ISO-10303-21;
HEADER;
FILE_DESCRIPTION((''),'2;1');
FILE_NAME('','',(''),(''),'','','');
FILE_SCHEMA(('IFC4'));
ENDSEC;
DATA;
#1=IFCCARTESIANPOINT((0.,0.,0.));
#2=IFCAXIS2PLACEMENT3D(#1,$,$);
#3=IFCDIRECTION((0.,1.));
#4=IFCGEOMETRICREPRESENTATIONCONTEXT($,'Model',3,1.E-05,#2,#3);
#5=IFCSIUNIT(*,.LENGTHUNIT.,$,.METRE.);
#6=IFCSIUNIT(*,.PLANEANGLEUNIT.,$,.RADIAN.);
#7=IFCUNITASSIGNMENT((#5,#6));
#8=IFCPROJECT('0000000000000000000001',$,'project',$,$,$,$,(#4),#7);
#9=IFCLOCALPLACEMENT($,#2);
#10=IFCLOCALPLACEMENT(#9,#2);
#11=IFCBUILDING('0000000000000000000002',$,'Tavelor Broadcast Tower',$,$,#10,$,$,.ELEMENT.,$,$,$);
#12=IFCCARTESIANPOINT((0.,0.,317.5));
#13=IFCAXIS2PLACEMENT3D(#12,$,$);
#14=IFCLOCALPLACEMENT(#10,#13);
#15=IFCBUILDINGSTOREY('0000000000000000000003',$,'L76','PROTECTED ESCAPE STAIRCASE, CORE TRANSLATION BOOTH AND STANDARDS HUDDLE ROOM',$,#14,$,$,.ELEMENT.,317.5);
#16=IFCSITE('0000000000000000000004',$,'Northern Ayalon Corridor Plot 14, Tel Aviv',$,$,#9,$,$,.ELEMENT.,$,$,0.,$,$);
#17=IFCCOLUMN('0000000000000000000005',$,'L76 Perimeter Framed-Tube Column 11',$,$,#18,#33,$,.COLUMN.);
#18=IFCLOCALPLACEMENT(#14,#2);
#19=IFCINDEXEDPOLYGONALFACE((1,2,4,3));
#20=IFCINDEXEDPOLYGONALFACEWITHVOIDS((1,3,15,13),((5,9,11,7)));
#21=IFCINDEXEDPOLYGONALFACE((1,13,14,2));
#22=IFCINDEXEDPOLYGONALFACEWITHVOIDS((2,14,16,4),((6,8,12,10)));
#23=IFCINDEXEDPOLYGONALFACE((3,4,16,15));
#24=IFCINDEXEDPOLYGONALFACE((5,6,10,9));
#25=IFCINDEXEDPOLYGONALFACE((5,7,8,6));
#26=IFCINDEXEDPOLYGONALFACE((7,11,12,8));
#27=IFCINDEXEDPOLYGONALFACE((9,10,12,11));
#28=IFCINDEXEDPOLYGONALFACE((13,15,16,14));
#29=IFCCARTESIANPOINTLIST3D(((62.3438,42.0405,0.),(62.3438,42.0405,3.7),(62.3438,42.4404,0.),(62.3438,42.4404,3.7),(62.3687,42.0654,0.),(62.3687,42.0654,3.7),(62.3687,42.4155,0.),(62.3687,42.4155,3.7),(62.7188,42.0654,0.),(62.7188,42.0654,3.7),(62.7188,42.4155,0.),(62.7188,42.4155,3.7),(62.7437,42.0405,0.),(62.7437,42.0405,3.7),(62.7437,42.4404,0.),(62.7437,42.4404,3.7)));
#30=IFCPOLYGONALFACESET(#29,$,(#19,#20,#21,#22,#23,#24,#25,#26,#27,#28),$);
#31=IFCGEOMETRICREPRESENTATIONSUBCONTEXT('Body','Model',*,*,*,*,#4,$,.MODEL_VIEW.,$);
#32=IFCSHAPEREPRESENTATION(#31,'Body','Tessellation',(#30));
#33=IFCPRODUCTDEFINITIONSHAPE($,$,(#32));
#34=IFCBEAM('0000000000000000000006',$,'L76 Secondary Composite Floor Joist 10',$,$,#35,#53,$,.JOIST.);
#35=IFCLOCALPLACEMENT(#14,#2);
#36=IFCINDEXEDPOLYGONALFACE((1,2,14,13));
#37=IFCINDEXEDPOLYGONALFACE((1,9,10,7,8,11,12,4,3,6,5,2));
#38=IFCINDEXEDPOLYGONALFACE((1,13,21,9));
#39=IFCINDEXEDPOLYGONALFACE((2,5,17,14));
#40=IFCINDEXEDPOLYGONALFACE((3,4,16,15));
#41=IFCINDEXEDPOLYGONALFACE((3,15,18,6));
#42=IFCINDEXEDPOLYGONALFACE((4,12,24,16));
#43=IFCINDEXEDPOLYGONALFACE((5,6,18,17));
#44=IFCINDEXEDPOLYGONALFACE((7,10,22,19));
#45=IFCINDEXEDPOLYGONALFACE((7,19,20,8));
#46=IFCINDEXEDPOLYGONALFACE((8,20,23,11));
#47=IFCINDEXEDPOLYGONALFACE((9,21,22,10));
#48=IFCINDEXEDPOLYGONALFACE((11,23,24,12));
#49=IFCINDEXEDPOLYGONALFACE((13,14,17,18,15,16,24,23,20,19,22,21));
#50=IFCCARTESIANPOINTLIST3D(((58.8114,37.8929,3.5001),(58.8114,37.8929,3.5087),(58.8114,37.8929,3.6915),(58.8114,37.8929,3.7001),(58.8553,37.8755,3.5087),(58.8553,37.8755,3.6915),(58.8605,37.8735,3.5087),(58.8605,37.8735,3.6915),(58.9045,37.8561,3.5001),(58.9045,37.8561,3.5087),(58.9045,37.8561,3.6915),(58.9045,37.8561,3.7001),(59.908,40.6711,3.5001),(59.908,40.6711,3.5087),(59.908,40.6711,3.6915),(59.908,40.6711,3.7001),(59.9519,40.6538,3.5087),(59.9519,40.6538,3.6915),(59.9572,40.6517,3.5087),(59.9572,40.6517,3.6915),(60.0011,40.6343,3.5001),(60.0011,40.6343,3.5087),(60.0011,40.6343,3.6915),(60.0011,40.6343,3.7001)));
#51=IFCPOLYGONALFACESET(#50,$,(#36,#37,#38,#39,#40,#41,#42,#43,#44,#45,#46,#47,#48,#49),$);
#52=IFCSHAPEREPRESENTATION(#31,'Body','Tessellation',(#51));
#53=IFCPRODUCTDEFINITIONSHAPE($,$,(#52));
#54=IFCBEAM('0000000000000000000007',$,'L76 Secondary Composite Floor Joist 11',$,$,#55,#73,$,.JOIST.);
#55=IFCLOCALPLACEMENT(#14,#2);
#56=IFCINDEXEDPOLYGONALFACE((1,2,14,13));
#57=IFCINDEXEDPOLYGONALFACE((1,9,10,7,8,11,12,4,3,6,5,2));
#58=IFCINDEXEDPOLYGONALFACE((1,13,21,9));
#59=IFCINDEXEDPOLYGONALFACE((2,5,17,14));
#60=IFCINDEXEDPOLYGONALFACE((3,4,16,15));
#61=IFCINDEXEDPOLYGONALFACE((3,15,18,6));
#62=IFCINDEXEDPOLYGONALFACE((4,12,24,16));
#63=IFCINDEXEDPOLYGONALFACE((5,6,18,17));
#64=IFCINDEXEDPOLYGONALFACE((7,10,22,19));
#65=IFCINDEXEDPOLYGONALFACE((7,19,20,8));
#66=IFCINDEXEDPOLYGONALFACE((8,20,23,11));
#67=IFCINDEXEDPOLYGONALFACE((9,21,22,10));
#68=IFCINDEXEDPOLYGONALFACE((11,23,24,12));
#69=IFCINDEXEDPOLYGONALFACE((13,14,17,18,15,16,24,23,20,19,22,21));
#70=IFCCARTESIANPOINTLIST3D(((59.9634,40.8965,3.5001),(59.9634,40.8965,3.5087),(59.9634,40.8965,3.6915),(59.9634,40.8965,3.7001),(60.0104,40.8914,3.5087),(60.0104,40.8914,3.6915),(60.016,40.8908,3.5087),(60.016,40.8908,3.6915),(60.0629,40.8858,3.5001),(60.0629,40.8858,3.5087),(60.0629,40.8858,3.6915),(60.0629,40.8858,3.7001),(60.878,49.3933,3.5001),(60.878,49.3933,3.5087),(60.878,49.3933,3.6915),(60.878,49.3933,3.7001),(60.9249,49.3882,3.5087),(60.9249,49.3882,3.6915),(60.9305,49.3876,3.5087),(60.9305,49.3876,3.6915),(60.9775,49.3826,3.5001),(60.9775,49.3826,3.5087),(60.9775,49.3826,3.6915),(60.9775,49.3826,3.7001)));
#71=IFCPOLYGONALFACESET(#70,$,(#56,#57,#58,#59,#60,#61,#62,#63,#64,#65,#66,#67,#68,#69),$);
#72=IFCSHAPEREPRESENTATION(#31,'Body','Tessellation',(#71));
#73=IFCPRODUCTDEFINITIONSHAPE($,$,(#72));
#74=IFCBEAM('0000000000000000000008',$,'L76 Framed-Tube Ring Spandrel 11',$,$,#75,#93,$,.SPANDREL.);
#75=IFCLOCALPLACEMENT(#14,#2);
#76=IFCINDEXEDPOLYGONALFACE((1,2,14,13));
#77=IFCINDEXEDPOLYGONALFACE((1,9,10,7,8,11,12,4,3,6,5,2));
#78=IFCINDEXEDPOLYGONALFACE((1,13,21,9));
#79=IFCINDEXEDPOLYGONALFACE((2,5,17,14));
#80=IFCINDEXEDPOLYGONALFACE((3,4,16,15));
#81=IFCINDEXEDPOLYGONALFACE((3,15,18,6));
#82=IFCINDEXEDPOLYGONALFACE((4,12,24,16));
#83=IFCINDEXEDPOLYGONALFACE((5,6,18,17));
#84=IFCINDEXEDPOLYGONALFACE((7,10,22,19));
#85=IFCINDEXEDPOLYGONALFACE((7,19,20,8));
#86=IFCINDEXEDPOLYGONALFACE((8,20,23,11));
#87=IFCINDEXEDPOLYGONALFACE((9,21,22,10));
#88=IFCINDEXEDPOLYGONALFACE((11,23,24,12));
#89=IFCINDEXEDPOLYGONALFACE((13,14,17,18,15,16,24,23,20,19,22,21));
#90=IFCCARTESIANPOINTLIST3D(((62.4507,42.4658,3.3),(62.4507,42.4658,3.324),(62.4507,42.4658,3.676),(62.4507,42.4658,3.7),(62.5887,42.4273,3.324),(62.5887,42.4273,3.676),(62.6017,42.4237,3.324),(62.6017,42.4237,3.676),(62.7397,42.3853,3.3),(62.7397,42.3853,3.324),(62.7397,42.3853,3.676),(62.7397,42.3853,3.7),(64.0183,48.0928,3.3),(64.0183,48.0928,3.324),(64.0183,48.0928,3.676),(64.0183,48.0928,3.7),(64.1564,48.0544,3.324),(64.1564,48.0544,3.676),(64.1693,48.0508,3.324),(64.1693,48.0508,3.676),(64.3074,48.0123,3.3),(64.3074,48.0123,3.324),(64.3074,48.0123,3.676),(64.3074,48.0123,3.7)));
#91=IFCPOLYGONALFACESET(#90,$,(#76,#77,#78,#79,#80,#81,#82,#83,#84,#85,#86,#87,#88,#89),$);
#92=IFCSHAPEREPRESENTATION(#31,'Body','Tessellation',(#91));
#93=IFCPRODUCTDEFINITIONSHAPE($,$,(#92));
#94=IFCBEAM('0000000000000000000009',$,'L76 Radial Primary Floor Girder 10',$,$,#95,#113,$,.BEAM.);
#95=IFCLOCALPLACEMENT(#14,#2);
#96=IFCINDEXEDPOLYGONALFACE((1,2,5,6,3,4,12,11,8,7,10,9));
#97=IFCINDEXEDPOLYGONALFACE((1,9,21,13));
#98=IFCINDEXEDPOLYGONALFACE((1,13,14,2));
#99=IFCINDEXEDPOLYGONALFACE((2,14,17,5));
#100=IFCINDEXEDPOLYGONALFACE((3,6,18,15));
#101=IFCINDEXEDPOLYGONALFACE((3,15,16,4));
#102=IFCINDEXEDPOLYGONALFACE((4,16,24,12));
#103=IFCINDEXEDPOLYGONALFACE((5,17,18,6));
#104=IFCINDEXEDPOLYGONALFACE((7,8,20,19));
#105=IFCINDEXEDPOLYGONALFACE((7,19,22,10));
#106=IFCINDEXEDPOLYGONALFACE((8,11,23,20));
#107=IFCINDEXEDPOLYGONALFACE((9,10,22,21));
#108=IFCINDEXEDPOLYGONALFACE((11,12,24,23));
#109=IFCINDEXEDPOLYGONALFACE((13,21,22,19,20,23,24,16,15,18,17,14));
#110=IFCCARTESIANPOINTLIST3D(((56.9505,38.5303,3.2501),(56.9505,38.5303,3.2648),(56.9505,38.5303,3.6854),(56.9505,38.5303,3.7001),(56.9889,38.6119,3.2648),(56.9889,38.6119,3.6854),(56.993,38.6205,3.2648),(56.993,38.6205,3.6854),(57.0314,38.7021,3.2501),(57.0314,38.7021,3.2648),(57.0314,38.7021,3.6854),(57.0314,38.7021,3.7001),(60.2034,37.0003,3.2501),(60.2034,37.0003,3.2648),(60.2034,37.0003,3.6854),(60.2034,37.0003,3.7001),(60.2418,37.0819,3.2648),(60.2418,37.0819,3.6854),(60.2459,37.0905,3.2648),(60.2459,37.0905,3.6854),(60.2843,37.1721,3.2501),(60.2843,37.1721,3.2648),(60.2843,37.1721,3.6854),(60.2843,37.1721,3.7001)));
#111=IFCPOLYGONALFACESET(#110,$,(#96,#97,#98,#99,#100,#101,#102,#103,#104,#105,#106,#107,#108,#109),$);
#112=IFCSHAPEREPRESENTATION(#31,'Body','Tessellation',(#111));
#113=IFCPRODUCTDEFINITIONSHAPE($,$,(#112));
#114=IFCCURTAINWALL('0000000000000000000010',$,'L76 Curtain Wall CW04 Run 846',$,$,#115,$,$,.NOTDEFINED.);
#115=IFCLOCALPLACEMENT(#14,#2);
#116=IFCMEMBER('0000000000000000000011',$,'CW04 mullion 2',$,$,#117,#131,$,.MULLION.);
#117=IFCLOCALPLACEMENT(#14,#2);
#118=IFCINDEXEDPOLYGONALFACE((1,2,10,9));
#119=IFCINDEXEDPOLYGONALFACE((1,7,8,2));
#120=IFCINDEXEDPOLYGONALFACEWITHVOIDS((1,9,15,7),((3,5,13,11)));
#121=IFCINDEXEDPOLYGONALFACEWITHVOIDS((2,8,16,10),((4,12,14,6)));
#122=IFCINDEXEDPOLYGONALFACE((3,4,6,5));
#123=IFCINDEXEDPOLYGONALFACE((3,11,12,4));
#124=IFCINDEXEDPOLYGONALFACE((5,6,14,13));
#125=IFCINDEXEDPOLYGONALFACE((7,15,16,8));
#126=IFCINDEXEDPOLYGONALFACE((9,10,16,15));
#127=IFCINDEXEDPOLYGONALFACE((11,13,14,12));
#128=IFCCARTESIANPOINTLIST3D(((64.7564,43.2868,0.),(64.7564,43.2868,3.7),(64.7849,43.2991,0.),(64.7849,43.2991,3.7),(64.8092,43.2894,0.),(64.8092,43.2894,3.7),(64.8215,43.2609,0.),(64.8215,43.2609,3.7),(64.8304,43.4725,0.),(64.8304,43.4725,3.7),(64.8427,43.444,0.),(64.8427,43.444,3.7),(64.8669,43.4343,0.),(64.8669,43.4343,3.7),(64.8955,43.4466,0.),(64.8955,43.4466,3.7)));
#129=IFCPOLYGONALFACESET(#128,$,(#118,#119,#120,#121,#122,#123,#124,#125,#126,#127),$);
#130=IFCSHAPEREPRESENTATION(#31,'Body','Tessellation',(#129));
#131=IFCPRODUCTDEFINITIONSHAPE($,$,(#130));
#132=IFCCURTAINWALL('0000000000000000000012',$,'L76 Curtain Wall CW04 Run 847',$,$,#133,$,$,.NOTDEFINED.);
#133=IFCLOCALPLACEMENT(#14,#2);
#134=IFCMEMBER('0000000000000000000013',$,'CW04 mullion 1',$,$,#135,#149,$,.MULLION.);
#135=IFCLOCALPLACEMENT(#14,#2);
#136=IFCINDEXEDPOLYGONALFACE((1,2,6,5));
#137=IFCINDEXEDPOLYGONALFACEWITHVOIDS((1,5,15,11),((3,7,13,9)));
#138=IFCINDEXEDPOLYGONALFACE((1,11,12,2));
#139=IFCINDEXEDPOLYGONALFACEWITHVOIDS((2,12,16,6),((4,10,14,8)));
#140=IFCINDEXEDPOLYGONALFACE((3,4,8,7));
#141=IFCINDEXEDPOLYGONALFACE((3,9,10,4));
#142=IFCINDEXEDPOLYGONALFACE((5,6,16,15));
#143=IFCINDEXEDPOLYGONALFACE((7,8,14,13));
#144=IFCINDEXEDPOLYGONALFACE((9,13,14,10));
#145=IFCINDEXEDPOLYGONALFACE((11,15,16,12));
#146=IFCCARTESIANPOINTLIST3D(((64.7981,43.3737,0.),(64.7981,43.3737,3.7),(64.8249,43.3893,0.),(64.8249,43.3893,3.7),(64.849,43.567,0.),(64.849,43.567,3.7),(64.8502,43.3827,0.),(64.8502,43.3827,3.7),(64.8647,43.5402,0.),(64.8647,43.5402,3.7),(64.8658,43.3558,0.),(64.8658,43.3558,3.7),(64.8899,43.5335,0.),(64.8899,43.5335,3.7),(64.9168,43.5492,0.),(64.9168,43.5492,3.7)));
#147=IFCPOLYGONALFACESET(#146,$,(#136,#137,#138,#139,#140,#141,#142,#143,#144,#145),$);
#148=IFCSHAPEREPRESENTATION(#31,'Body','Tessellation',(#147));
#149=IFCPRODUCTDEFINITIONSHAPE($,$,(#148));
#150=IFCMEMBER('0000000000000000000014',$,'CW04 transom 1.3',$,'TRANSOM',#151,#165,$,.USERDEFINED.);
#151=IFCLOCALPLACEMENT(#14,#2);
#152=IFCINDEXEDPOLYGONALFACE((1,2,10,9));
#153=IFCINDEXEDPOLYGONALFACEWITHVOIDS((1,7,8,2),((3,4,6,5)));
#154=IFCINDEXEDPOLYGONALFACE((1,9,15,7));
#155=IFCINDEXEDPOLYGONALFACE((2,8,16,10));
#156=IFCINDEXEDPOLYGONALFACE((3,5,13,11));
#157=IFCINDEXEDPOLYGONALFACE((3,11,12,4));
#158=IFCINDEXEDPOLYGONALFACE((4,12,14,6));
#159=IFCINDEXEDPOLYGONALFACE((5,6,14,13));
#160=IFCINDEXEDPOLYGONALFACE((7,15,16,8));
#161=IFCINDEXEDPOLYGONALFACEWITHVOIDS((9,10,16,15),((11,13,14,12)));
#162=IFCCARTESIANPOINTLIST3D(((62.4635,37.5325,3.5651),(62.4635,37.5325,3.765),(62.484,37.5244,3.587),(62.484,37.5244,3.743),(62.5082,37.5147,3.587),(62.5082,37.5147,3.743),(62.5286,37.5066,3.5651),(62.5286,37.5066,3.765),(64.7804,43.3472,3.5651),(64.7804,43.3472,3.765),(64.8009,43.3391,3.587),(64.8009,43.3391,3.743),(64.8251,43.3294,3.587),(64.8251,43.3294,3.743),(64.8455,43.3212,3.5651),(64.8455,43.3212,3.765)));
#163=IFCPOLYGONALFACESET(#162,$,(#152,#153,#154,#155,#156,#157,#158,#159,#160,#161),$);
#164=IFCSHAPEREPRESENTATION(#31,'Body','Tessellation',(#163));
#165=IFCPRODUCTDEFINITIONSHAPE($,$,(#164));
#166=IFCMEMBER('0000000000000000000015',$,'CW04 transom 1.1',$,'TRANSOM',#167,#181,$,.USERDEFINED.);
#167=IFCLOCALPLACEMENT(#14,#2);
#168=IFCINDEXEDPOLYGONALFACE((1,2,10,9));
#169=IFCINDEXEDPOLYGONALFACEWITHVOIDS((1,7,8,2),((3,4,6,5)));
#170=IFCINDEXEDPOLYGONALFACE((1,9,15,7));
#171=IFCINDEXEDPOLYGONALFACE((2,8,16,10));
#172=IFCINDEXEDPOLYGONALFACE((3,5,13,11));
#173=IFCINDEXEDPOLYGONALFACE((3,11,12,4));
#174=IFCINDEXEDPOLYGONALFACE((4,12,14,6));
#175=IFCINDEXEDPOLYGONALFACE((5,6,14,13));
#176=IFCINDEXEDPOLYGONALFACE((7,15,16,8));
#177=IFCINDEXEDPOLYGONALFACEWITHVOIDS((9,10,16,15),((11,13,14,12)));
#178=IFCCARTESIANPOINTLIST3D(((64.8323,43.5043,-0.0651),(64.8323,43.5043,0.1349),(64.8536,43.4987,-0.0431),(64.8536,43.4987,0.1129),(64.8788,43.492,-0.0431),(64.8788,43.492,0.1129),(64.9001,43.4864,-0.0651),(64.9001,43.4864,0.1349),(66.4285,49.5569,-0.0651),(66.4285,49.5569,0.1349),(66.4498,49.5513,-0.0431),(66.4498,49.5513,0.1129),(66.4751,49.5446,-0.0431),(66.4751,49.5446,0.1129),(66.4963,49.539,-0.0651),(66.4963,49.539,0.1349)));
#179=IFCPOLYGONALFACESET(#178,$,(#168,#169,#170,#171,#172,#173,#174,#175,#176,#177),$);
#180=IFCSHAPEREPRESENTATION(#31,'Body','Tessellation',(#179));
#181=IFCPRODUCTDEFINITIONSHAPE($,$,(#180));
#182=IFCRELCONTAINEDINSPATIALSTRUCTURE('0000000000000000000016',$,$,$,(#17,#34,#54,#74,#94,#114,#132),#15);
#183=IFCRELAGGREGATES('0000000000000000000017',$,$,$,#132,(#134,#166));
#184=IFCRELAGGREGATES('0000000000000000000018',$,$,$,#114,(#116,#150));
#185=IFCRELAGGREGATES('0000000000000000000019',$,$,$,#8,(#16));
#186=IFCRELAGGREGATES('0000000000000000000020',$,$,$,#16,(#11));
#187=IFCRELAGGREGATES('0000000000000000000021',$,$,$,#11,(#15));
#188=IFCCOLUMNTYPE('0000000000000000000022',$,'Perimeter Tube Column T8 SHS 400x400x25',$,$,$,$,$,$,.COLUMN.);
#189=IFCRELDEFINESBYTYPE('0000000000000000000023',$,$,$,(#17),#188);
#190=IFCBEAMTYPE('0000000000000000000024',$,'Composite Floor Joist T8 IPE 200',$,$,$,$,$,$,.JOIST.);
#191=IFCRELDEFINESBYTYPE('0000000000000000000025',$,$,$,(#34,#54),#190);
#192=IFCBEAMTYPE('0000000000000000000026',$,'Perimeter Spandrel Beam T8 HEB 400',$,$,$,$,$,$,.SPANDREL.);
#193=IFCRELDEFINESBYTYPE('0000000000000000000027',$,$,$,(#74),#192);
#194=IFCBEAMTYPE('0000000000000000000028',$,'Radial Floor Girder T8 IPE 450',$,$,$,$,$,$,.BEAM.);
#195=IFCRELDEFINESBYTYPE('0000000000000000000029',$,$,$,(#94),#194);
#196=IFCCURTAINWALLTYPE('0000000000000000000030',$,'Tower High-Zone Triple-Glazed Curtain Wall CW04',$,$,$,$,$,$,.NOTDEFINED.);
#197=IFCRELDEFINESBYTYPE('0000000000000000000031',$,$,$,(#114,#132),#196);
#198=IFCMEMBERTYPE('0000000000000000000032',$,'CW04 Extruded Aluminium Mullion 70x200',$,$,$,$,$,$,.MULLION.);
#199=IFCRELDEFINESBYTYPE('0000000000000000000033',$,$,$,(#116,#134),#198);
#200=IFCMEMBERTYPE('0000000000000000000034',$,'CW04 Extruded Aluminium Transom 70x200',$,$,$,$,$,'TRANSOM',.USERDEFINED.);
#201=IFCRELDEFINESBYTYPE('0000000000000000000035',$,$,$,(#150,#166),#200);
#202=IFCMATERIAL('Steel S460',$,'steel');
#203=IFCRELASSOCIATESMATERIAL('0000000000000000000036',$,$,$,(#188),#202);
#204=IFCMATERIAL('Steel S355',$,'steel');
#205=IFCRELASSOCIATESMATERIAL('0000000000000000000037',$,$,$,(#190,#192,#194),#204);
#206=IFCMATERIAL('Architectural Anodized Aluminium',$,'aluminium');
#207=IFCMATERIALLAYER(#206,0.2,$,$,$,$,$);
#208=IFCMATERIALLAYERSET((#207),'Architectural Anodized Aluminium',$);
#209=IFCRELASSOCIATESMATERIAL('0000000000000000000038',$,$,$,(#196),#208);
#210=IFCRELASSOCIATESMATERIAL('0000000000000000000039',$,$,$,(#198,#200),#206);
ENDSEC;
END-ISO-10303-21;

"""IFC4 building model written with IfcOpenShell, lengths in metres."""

from ifc_helpers import new_model, si_unit, direction, frame, origin, origin_2d, place, context, subcontext, project, spatial, hollow_rectangle, i_section, extrude, source, transform, mapped, material, layer, layer_set, material_profile, profile_set, type_object, type_shapes, element, aggregate, save


model = new_model("IFC4")

# Units and contexts
model_context = context("Model", 3, precision=1e-05, world=origin(), true_north=direction((0.0, 1.0)))
body_context = subcontext(model_context, "Body", "Model", "MODEL_VIEW")
ifc_project = project(units=[si_unit("LENGTHUNIT", "METRE"), si_unit("PLANEANGLEUNIT", "RADIAN")], contexts=[model_context])

# Site, building, storey
site_placement = place(None, origin())
site = spatial("IfcSite", under=ifc_project, at=site_placement, Name="Northern Ayalon Corridor Plot 14, Tel Aviv", CompositionType="ELEMENT", RefElevation=0.0)
building_placement = place(site_placement, origin())
building = spatial("IfcBuilding", under=site, at=building_placement, Name="Tavelor Broadcast Tower", CompositionType="ELEMENT")
storey_placement = place(building_placement, frame((0.0, 0.0, 317.5)))
storey = spatial("IfcBuildingStorey", under=building, at=storey_placement, Name="L76", Description="PROTECTED ESCAPE STAIRCASE, CORE TRANSLATION BOOTH AND STANDARDS HUDDLE ROOM", CompositionType="ELEMENT", Elevation=317.5)

# Column
ifc_material_1 = material(Name="Steel S460", Category="steel")
ifc_material_profile_1 = material_profile(ifc_material_1, hollow_rectangle(XDim=0.3999, YDim=0.3999, WallThickness=0.0249, at=origin_2d()), Name="SHS 400x400x25")
ifc_profile_set_1 = profile_set([ifc_material_profile_1], Name="Steel S460")
column_type = type_object("IfcColumnType", Name="Perimeter Tube Column T8 SHS 400x400x25", PredefinedType="COLUMN", material=ifc_profile_set_1)
column_placement = place(storey_placement, frame((62.5437, 42.2405, 0.0), z_axis=(0.0, 0.0, 1.0), x_axis=(1.0, 0.0, 0.0)))
element("IfcColumn", 1, at=column_placement, inside=storey, type_object=column_type, Name="L76 Perimeter Framed-Tube Column 11", PredefinedType="COLUMN", context=body_context, shape_type="SweptSolid", body=[
    extrude(hollow_rectangle(XDim=0.3999, YDim=0.3999, WallThickness=0.0249, at=origin_2d()), origin(), (0.0, 0.0, 1.0), 3.7),
])

# Beams
ifc_material_2 = material(Name="Steel S355", Category="steel")
ifc_material_profile_2 = material_profile(ifc_material_2, i_section(OverallWidth=0.1001, OverallDepth=0.2, WebThickness=0.0056, FlangeThickness=0.0085, at=origin_2d()), Name="IPE 200")
ifc_profile_set_2 = profile_set([ifc_material_profile_2], Name="Steel S355")
beam_type_1 = type_object("IfcBeamType", Name="Composite Floor Joist T8 IPE 200", PredefinedType="JOIST", material=ifc_profile_set_2)
beam_1_placement = place(storey_placement, frame((58.8579, 37.8745, 3.6001), z_axis=(0.367159, 0.930158, 0.0), x_axis=(-0.930158, 0.367159, 0.0)))
element("IfcBeam", 2, at=beam_1_placement, inside=storey, type_object=beam_type_1, Name="L76 Secondary Composite Floor Joist 10", PredefinedType="JOIST", context=body_context, shape_type="SweptSolid", body=[
    extrude(i_section(OverallWidth=0.1001, OverallDepth=0.2, WebThickness=0.0056, FlangeThickness=0.0085, at=origin_2d()), origin(), (0.0, 0.0, 1.0), 2.9868),
])
beam_2_placement = place(storey_placement, frame((60.0132, 40.8911, 3.6001), z_axis=(0.107016, 0.994257, 0.0), x_axis=(-0.994257, 0.107016, 0.0)))
element("IfcBeam", 3, at=beam_2_placement, inside=storey, type_object=beam_type_1, Name="L76 Secondary Composite Floor Joist 11", PredefinedType="JOIST", context=body_context, shape_type="SweptSolid", body=[
    extrude(i_section(OverallWidth=0.1001, OverallDepth=0.2, WebThickness=0.0056, FlangeThickness=0.0085, at=origin_2d()), origin(), (0.0, 0.0, 1.0), 8.5459),
])
ifc_material_profile_3 = material_profile(ifc_material_2, i_section(OverallWidth=0.3, OverallDepth=0.3999, WebThickness=0.0134, FlangeThickness=0.0239, at=origin_2d()), Name="HEB 400")
ifc_profile_set_3 = profile_set([ifc_material_profile_3], Name="Steel S355")
beam_type_2 = type_object("IfcBeamType", Name="Perimeter Spandrel Beam T8 HEB 400", PredefinedType="SPANDREL", material=ifc_profile_set_3)
beam_3_placement = place(storey_placement, frame((62.5952, 42.4255, 3.5), z_axis=(0.268372, 0.963315, 0.0), x_axis=(-0.963315, 0.268372, 0.0)))
element("IfcBeam", 4, at=beam_3_placement, inside=storey, type_object=beam_type_2, Name="L76 Framed-Tube Ring Spandrel 11", PredefinedType="SPANDREL", context=body_context, shape_type="SweptSolid", body=[
    extrude(i_section(OverallWidth=0.3, OverallDepth=0.3999, WebThickness=0.0134, FlangeThickness=0.0239, at=origin_2d()), origin(), (0.0, 0.0, 1.0), 5.8413),
])
ifc_material_profile_4 = material_profile(ifc_material_2, i_section(OverallWidth=0.1899, OverallDepth=0.45, WebThickness=0.0095, FlangeThickness=0.0146, at=origin_2d()), Name="IPE 450")
ifc_profile_set_4 = profile_set([ifc_material_profile_4], Name="Steel S355")
beam_type_3 = type_object("IfcBeamType", Name="Radial Floor Girder T8 IPE 450", PredefinedType="BEAM", material=ifc_profile_set_4)
beam_4_placement = place(storey_placement, frame((56.991, 38.6162, 3.4751), z_axis=(0.9049, -0.425624, 0.0), x_axis=(0.425624, 0.9049, 0.0)))
element("IfcBeam", 5, at=beam_4_placement, inside=storey, type_object=beam_type_3, Name="L76 Radial Primary Floor Girder 10", PredefinedType="BEAM", context=body_context, shape_type="SweptSolid", body=[
    extrude(i_section(OverallWidth=0.1899, OverallDepth=0.45, WebThickness=0.0095, FlangeThickness=0.0146, at=origin_2d()), origin(), (0.0, 0.0, 1.0), 3.5947),
])

# Curtain walls, members
ifc_material_3 = material(Name="Architectural Anodized Aluminium", Category="aluminium")
ifc_layer_1 = layer(ifc_material_3, 0.2)
ifc_layer_set_1 = layer_set([ifc_layer_1], Name="Architectural Anodized Aluminium")
curtain_wall_type = type_object("IfcCurtainWallType", Name="Tower High-Zone Triple-Glazed Curtain Wall CW04", PredefinedType="NOTDEFINED", material=ifc_layer_set_1)
curtain_wall_1_placement = place(storey_placement, origin())
curtain_wall_1 = element("IfcCurtainWall", 6, at=curtain_wall_1_placement, inside=storey, type_object=curtain_wall_type, Name="L76 Curtain Wall CW04 Run 846", PredefinedType="NOTDEFINED")
ifc_material_profile_5 = material_profile(ifc_material_3, hollow_rectangle(XDim=0.0701, YDim=0.2, WallThickness=0.022, at=origin_2d()), Name="RHS 70x200x22")
ifc_profile_set_5 = profile_set([ifc_material_profile_5], Name="Architectural Anodized Aluminium")
member_type_1 = type_object("IfcMemberType", Name="CW04 Extruded Aluminium Mullion 70x200", PredefinedType="MULLION", material=ifc_profile_set_5)
shared_shape_1 = source(origin(), body_context, "Body", "SweptSolid", [
    extrude(hollow_rectangle(XDim=0.0701, YDim=0.2, WallThickness=0.022, at=origin_2d()), origin(), (0.0, 0.0, 1.0), 3.7),
])
type_shapes(member_type_1, [shared_shape_1])
member_1_placement = place(storey_placement, frame((64.8259, 43.3667, 0.0), z_axis=(0.0, 0.0, 1.0), x_axis=(-0.928973, 0.370148, 0.0)))
member_1 = element("IfcMember", 7, at=member_1_placement, type_object=member_type_1, Name="CW04 mullion 2", PredefinedType="MULLION", context=body_context, shape_type="MappedRepresentation", body=[
    mapped(shared_shape_1, transform((0.0, 0.0, 0.0), scale=1.0)),
])
curtain_wall_2_placement = place(storey_placement, origin())
curtain_wall_2 = element("IfcCurtainWall", 8, at=curtain_wall_2_placement, inside=storey, type_object=curtain_wall_type, Name="L76 Curtain Wall CW04 Run 847", PredefinedType="NOTDEFINED")
member_2_placement = place(storey_placement, frame((64.8574, 43.4614, 0.0), z_axis=(0.0, 0.0, 1.0), x_axis=(-0.96694, 0.255006, 0.0)))
member_2 = element("IfcMember", 9, at=member_2_placement, type_object=member_type_1, Name="CW04 mullion 1", PredefinedType="MULLION", context=body_context, shape_type="MappedRepresentation", body=[
    mapped(shared_shape_1, transform((0.0, 0.0, 0.0), scale=1.0)),
])

# Members
ifc_material_profile_6 = material_profile(ifc_material_3, hollow_rectangle(XDim=0.0701, YDim=0.2, WallThickness=0.022, at=origin_2d()), Name="RHS 70x200x22")
ifc_profile_set_6 = profile_set([ifc_material_profile_6], Name="Architectural Anodized Aluminium")
member_type_2 = type_object("IfcMemberType", Name="CW04 Extruded Aluminium Transom 70x200", ElementType="TRANSOM", PredefinedType="USERDEFINED", material=ifc_profile_set_6)
shared_shape_2 = source(origin(), body_context, "Body", "SweptSolid", [
    extrude(hollow_rectangle(XDim=0.0701, YDim=0.2, WallThickness=0.022, at=origin_2d()), origin(), (0.0, 0.0, 1.0), 6.2593),
])
member_3_placement = place(storey_placement, frame((62.4961, 37.5195, 3.665), z_axis=(0.370153, 0.928971, 0.0), x_axis=(-0.928971, 0.370153, 0.0)))
member_3 = element("IfcMember", 10, at=member_3_placement, type_object=member_type_2, Name="CW04 transom 1.3", ObjectType="TRANSOM", PredefinedType="USERDEFINED", context=body_context, shape_type="MappedRepresentation", body=[
    mapped(shared_shape_2, transform((0.0, 0.0, 0.0), scale=1.0)),
])
shared_shape_3 = source(origin(), body_context, "Body", "SweptSolid", [
    extrude(hollow_rectangle(XDim=0.0701, YDim=0.2, WallThickness=0.022, at=origin_2d()), origin(), (0.0, 0.0, 1.0), 6.2595),
])
type_shapes(member_type_2, [shared_shape_2, shared_shape_3])
member_4_placement = place(storey_placement, frame((64.8662, 43.4954, 0.0349), z_axis=(0.255006, 0.96694, 0.0), x_axis=(-0.96694, 0.255006, 0.0)))
member_4 = element("IfcMember", 11, at=member_4_placement, type_object=member_type_2, Name="CW04 transom 1.1", ObjectType="TRANSOM", PredefinedType="USERDEFINED", context=body_context, shape_type="MappedRepresentation", body=[
    mapped(shared_shape_3, transform((0.0, 0.0, 0.0), scale=1.0)),
])
aggregate(curtain_wall_2, [member_2, member_4])

aggregate(curtain_wall_1, [member_1, member_3])

save(model, "model.ifc")
